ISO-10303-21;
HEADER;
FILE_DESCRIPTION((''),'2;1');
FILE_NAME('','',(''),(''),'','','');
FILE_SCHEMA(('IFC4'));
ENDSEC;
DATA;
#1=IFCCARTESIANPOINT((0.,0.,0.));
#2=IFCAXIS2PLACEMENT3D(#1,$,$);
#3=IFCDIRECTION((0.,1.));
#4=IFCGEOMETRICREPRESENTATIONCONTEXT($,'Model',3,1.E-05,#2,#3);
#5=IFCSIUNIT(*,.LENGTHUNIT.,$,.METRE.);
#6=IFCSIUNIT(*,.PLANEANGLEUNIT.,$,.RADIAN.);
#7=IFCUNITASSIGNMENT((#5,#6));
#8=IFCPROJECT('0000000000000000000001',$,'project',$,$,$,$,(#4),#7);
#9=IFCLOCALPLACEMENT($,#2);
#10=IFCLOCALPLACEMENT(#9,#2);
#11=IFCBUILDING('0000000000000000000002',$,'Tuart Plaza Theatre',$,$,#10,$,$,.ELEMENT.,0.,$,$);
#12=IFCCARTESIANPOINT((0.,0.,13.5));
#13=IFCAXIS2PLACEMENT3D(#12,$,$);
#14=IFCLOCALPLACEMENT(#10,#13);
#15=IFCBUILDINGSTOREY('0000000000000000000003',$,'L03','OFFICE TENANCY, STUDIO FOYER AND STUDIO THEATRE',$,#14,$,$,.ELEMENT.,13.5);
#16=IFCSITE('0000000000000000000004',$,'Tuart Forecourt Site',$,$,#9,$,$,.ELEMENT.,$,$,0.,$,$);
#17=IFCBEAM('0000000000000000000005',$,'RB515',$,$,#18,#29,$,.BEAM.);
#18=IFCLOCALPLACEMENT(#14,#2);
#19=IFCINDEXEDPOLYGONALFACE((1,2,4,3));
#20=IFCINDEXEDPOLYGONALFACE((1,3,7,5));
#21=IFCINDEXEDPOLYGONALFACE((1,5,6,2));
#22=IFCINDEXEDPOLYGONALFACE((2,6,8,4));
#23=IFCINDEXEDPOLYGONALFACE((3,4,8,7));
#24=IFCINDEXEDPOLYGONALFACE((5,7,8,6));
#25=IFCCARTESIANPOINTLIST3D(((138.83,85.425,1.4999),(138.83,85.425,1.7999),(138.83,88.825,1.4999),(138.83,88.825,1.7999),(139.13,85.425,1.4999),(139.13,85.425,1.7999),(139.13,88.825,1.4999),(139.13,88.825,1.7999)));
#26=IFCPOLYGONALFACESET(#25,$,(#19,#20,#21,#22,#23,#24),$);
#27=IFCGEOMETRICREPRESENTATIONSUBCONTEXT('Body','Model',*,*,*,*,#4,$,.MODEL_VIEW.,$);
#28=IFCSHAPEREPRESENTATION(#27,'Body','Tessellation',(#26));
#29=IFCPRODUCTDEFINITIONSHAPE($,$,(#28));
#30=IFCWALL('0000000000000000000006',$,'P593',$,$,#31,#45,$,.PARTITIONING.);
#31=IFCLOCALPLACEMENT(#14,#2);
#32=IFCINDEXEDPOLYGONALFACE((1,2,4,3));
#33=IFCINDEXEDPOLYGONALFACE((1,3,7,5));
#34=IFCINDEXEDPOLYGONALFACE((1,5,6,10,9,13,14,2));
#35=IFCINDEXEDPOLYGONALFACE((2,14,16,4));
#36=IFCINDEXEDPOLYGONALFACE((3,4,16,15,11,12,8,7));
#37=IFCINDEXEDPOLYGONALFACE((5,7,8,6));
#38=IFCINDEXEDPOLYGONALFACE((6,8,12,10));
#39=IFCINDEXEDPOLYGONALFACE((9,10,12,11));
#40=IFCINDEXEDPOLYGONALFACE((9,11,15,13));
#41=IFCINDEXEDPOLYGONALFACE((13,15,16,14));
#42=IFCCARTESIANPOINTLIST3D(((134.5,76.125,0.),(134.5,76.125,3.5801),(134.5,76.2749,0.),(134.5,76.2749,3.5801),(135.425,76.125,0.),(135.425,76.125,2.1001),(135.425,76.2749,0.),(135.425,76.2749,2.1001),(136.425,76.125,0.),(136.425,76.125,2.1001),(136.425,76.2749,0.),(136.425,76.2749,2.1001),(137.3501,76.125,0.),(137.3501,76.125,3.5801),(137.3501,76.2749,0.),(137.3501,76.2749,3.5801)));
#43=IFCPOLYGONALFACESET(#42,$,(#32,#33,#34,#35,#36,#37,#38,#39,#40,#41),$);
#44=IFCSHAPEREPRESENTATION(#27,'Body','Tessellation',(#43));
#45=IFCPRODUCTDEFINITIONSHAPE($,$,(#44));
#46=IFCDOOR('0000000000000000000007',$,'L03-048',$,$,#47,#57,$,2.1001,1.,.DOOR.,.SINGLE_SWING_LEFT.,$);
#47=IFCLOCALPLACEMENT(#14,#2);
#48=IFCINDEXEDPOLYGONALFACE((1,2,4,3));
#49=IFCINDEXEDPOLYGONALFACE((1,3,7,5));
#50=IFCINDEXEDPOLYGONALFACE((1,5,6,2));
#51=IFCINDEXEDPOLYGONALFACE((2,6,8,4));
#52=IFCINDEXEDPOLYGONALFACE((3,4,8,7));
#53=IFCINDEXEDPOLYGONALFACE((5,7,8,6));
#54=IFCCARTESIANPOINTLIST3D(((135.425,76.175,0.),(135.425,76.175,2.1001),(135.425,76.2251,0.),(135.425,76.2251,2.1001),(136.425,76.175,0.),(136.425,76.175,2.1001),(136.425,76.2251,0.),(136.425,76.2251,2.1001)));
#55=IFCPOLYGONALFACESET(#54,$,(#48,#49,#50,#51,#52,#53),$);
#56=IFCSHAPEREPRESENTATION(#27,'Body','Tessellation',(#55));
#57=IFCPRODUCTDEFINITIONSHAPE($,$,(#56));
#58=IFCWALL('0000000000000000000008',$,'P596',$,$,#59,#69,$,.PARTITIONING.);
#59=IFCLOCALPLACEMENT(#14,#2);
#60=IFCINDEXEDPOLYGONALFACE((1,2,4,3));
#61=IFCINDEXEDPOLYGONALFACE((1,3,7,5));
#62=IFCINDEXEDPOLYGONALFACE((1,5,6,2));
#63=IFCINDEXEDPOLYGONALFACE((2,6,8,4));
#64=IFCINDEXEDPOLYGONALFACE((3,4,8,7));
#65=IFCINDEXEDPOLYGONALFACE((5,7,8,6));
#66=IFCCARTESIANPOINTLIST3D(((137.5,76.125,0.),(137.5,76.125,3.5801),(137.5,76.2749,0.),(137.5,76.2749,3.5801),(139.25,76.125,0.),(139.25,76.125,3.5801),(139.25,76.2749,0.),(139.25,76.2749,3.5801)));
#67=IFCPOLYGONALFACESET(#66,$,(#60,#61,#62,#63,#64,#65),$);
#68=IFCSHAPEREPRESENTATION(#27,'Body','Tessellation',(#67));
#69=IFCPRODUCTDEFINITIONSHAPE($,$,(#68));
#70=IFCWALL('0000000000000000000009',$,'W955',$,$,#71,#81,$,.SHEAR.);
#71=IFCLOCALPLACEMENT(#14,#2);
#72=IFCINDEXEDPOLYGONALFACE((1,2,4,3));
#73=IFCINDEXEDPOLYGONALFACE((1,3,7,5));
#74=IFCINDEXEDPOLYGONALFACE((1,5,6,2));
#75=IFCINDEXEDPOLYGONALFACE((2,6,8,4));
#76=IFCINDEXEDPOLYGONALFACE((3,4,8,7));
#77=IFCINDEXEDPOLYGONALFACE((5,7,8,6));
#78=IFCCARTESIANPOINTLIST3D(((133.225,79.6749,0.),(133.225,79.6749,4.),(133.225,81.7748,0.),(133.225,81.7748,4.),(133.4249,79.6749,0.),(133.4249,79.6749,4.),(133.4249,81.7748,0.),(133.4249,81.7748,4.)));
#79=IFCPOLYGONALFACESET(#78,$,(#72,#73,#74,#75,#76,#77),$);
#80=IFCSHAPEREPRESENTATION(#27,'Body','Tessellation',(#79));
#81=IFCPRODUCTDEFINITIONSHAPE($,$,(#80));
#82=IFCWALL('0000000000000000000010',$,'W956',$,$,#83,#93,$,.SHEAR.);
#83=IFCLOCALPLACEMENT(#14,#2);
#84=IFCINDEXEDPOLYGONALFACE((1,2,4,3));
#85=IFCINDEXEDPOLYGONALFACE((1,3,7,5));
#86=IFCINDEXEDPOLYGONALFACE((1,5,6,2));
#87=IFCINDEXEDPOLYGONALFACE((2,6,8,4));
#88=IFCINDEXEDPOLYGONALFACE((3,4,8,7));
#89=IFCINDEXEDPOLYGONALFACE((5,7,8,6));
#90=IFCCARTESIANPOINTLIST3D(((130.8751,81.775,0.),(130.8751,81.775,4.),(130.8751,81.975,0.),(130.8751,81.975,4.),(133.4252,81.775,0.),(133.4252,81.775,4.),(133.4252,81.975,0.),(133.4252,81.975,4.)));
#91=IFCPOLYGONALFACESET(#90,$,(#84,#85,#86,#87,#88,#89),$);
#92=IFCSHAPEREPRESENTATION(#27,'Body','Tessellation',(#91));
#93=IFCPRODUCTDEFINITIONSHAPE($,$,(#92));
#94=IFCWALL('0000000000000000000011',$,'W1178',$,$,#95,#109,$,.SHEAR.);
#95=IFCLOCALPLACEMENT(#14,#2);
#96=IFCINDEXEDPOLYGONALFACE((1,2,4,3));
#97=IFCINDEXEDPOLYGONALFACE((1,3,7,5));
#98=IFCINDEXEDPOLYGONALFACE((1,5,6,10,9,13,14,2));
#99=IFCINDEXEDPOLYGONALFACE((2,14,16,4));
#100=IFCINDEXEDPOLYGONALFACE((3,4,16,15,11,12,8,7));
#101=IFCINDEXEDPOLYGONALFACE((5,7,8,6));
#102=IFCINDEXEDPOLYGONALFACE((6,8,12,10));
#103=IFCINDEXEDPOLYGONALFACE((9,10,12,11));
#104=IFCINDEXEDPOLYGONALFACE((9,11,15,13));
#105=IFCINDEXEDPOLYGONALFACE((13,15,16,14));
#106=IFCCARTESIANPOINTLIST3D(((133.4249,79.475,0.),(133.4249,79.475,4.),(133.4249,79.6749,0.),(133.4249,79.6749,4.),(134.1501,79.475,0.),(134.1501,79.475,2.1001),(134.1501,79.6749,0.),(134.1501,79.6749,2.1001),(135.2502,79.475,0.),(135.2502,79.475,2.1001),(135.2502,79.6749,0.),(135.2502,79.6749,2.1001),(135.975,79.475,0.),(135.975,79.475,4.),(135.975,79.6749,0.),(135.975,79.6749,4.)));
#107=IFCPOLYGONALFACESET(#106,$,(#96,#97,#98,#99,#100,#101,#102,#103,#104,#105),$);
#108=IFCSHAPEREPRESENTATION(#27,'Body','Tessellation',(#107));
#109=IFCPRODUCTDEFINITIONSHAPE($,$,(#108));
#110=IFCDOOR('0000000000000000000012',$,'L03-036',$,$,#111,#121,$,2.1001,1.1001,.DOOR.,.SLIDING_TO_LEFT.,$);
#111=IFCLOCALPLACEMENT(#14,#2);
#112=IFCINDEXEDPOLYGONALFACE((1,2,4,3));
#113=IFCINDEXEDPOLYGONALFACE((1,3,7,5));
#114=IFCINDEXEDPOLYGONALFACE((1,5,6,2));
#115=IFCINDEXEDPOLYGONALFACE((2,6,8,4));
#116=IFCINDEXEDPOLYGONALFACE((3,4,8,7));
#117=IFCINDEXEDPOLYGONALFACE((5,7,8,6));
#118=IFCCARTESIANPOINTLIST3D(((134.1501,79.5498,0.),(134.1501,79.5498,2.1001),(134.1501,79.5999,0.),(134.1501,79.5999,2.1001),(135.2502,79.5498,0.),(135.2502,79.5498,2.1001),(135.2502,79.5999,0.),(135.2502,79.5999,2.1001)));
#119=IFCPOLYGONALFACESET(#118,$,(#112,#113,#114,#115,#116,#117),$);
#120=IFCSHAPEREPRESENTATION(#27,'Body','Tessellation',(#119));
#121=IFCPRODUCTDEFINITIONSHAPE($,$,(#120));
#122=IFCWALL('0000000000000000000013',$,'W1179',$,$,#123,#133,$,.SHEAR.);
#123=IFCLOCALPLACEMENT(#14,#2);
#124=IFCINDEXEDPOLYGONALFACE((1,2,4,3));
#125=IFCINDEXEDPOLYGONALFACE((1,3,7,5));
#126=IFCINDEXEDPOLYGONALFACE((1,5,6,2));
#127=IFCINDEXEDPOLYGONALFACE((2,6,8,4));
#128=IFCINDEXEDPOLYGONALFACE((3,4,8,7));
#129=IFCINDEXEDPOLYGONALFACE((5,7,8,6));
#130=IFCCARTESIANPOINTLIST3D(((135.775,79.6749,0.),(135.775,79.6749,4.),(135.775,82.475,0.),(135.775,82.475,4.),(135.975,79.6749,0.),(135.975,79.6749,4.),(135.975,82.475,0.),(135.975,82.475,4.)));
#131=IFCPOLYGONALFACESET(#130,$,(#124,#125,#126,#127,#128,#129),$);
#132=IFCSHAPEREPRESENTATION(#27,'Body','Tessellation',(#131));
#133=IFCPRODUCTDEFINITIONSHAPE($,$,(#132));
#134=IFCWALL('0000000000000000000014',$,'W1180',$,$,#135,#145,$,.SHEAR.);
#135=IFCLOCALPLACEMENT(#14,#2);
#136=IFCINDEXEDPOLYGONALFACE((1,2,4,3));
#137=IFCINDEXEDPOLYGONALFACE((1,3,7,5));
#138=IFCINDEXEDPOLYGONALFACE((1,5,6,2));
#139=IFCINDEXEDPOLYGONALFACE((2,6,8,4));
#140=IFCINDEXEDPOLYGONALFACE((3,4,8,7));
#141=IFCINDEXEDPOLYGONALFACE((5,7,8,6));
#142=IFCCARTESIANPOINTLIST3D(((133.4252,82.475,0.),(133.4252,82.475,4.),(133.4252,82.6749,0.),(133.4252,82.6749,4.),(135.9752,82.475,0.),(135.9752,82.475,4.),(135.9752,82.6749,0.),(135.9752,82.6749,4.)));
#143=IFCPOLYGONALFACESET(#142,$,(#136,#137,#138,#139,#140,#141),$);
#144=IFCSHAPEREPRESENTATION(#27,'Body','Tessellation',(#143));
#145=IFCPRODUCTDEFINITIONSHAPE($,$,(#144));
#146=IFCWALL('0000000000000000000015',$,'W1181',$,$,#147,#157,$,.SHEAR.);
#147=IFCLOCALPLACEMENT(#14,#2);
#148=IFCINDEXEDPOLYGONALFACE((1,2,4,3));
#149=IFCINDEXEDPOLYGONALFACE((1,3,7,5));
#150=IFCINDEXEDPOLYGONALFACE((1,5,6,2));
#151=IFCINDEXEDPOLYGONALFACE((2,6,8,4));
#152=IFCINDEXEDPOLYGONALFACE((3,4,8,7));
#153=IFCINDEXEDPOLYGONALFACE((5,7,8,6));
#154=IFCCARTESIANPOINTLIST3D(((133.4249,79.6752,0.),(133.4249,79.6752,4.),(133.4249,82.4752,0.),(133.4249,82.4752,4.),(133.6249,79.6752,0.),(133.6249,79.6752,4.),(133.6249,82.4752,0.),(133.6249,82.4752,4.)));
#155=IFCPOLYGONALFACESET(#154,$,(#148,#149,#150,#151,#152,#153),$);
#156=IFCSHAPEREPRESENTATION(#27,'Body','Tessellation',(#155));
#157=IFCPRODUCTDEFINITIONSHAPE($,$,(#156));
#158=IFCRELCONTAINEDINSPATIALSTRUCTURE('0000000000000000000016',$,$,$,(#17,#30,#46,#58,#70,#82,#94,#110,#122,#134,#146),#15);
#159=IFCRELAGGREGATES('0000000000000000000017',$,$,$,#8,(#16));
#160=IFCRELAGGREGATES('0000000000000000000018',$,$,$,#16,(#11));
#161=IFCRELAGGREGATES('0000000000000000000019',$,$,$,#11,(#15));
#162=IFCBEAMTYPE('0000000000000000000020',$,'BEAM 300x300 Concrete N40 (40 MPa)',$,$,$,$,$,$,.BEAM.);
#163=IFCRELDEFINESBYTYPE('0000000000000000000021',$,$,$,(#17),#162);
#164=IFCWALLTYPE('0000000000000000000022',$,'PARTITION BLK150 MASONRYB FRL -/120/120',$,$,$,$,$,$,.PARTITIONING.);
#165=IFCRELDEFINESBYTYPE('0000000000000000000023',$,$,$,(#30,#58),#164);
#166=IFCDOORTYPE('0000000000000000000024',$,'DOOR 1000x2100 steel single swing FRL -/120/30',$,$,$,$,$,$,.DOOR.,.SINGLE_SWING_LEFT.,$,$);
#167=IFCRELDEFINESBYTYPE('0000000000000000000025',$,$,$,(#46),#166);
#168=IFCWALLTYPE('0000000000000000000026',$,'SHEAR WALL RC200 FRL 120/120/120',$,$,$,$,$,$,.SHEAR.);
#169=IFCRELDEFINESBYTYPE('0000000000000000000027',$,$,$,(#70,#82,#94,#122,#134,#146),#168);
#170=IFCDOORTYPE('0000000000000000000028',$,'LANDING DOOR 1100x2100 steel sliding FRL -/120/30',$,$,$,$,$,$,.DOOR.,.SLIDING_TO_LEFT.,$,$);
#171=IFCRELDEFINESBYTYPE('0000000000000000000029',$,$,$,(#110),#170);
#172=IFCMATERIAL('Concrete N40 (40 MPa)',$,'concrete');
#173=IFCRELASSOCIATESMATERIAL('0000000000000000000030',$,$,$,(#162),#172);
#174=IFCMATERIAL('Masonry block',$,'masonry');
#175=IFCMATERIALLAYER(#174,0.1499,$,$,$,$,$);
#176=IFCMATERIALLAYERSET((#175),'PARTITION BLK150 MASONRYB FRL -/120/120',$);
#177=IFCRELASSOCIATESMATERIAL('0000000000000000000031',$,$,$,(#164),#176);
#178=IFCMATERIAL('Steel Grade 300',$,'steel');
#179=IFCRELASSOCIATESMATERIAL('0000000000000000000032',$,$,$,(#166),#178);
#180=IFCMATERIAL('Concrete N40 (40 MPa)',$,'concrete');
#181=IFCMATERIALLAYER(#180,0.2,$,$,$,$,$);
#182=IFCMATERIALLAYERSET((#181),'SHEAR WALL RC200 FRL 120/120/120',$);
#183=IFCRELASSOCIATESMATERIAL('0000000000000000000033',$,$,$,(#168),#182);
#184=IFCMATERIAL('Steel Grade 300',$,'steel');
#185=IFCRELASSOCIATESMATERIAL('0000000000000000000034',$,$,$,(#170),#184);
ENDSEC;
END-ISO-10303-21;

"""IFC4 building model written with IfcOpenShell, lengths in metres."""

from ifc_helpers import new_model, si_unit, direction, frame, frame_2d, origin, origin_2d, place, context, subcontext, project, spatial, rectangle, extrude, material, layer, layer_set, material_profile, profile_set, type_object, element, fill, save


model = new_model("IFC4")

# Units and contexts
model_context = context("Model", 3, precision=1e-05, world=origin(), true_north=direction((0.0, 1.0)))
body_context = subcontext(model_context, "Body", "Model", "MODEL_VIEW")
ifc_project = project(units=[si_unit("LENGTHUNIT", "METRE"), si_unit("PLANEANGLEUNIT", "RADIAN")], contexts=[model_context])

# Site, building, storey
site_placement = place(None, origin())
site = spatial("IfcSite", under=ifc_project, at=site_placement, Name="Tuart Forecourt Site", CompositionType="ELEMENT", RefElevation=0.0)
building_placement = place(site_placement, origin())
building = spatial("IfcBuilding", under=site, at=building_placement, Name="Tuart Plaza Theatre", CompositionType="ELEMENT", ElevationOfRefHeight=0.0)
storey_placement = place(building_placement, frame((0.0, 0.0, 13.5)))
storey = spatial("IfcBuildingStorey", under=building, at=storey_placement, Name="L03", Description="OFFICE TENANCY, STUDIO FOYER AND STUDIO THEATRE", CompositionType="ELEMENT", Elevation=13.5)

# Beam
ifc_material_1 = material(Name="Concrete N40 (40 MPa)", Category="concrete")
ifc_material_profile = material_profile(ifc_material_1, rectangle(XDim=0.3, YDim=0.3, at=origin_2d()), Name="BEAM 300x300 Concrete N40 (40 MPa)")
ifc_profile_set = profile_set([ifc_material_profile], Name="Concrete N40 (40 MPa)")
beam_type = type_object("IfcBeamType", Name="BEAM 300x300 Concrete N40 (40 MPa)", PredefinedType="BEAM", material=ifc_profile_set)
beam_placement = place(storey_placement, frame((138.98, 85.425, 1.6499), z_axis=(0.0, 1.0, 0.0), x_axis=(-1.0, 0.0, 0.0)))
element("IfcBeam", 1, at=beam_placement, inside=storey, type_object=beam_type, Name="RB515", PredefinedType="BEAM", context=body_context, shape_type="SweptSolid", body=[
    extrude(rectangle(XDim=0.3, YDim=0.3, at=origin_2d()), origin(), (0.0, 0.0, 1.0), 3.3999),
])

# Wall, opening, door
ifc_material_2 = material(Name="Masonry block", Category="masonry")
ifc_layer_1 = layer(ifc_material_2, 0.1499)
ifc_layer_set_1 = layer_set([ifc_layer_1], Name="PARTITION BLK150 MASONRYB FRL -/120/120")
wall_type_1 = type_object("IfcWallType", Name="PARTITION BLK150 MASONRYB FRL -/120/120", PredefinedType="PARTITIONING", material=ifc_layer_set_1)
wall_1_placement = place(storey_placement, frame((134.5, 76.2, 0.0), z_axis=(0.0, 0.0, 1.0), x_axis=(1.0, 0.0, 0.0)))
wall_1 = element("IfcWall", 2, at=wall_1_placement, inside=storey, type_object=wall_type_1, Name="P593", PredefinedType="PARTITIONING", context=body_context, shape_type="SweptSolid", body=[
    extrude(rectangle(XDim=2.8501, YDim=0.1499, at=frame_2d((1.425, 0.0))), origin(), (0.0, 0.0, 1.0), 3.5801),
])
opening_1_placement = place(wall_1_placement, frame((0.925, 0.0, 0.0)))
opening_1 = element("IfcOpeningElement", 3, at=opening_1_placement, cuts=wall_1, PredefinedType="OPENING", context=body_context, shape_type="SweptSolid", body=[
    extrude(rectangle(XDim=1.0, YDim=2.1001, at=frame_2d((0.5, 1.05))), frame((0.0, 0.085, 0.0), z_axis=(0.0, -1.0, 0.0), x_axis=(1.0, 0.0, 0.0)), (0.0, 0.0, 1.0), 0.1699),
])
ifc_material_3 = material(Name="Steel Grade 300", Category="steel")
door_type_1 = type_object("IfcDoorType", Name="DOOR 1000x2100 steel single swing FRL -/120/30", OperationType="SINGLE_SWING_LEFT", PredefinedType="DOOR", material=ifc_material_3)
door_1_placement = place(opening_1_placement, frame((1.0, 0.0, 0.0), z_axis=(0.0, 0.0, 1.0), x_axis=(-1.0, 0.0, 0.0)))
door_1 = element("IfcDoor", 4, at=door_1_placement, inside=storey, type_object=door_type_1, Name="L03-048", OperationType="SINGLE_SWING_LEFT", OverallHeight=2.1001, OverallWidth=1.0, PredefinedType="DOOR", context=body_context, shape_type="SweptSolid", body=[
    extrude(rectangle(XDim=1.0, YDim=2.1001, at=frame_2d((0.5, 1.05))), frame((0.0, 0.0249, 0.0), z_axis=(0.0, -1.0, 0.0), x_axis=(1.0, 0.0, 0.0)), (0.0, 0.0, 1.0), 0.05),
])
fill(opening_1, door_1)

# Walls
wall_2_placement = place(storey_placement, frame((137.5, 76.2, 0.0), z_axis=(0.0, 0.0, 1.0), x_axis=(1.0, 0.0, 0.0)))
element("IfcWall", 5, at=wall_2_placement, inside=storey, type_object=wall_type_1, Name="P596", PredefinedType="PARTITIONING", context=body_context, shape_type="SweptSolid", body=[
    extrude(rectangle(XDim=1.75, YDim=0.1499, at=frame_2d((0.875, 0.0))), origin(), (0.0, 0.0, 1.0), 3.5801),
])
ifc_material_4 = material(Name="Concrete N40 (40 MPa)", Category="concrete")
ifc_layer_2 = layer(ifc_material_4, 0.2)
ifc_layer_set_2 = layer_set([ifc_layer_2], Name="SHEAR WALL RC200 FRL 120/120/120")
wall_type_2 = type_object("IfcWallType", Name="SHEAR WALL RC200 FRL 120/120/120", PredefinedType="SHEAR", material=ifc_layer_set_2)
wall_3_placement = place(storey_placement, frame((133.325, 79.675, 0.0), z_axis=(0.0, 0.0, 1.0), x_axis=(0.0, 1.0, 0.0)))
element("IfcWall", 6, at=wall_3_placement, inside=storey, type_object=wall_type_2, Name="W955", PredefinedType="SHEAR", context=body_context, shape_type="SweptSolid", body=[
    extrude(rectangle(XDim=2.0999, YDim=0.2, at=frame_2d((1.0498, 0.0))), origin(), (0.0, 0.0, 1.0), 4.0),
])
wall_4_placement = place(storey_placement, frame((133.425, 81.875, 0.0), z_axis=(0.0, 0.0, 1.0), x_axis=(-1.0, 0.0, 0.0)))
element("IfcWall", 7, at=wall_4_placement, inside=storey, type_object=wall_type_2, Name="W956", PredefinedType="SHEAR", context=body_context, shape_type="SweptSolid", body=[
    extrude(rectangle(XDim=2.55, YDim=0.2, at=frame_2d((1.2749, 0.0))), origin(), (0.0, 0.0, 1.0), 4.0),
])

# Wall, opening, door
wall_5_placement = place(storey_placement, frame((133.425, 79.575, 0.0), z_axis=(0.0, 0.0, 1.0), x_axis=(1.0, 0.0, 0.0)))
wall_5 = element("IfcWall", 8, at=wall_5_placement, inside=storey, type_object=wall_type_2, Name="W1178", PredefinedType="SHEAR", context=body_context, shape_type="SweptSolid", body=[
    extrude(rectangle(XDim=2.55, YDim=0.2, at=frame_2d((1.2749, 0.0))), origin(), (0.0, 0.0, 1.0), 4.0),
])
opening_2_placement = place(wall_5_placement, frame((0.7251, 0.0, 0.0)))
opening_2 = element("IfcOpeningElement", 9, at=opening_2_placement, cuts=wall_5, PredefinedType="OPENING", context=body_context, shape_type="SweptSolid", body=[
    extrude(rectangle(XDim=1.1001, YDim=2.1001, at=frame_2d((0.55, 1.05))), frame((0.0, 0.1099, 0.0), z_axis=(0.0, -1.0, 0.0), x_axis=(1.0, 0.0, 0.0)), (0.0, 0.0, 1.0), 0.22),
])
ifc_material_5 = material(Name="Steel Grade 300", Category="steel")
door_type_2 = type_object("IfcDoorType", Name="LANDING DOOR 1100x2100 steel sliding FRL -/120/30", OperationType="SLIDING_TO_LEFT", PredefinedType="DOOR", material=ifc_material_5)
door_2_placement = place(opening_2_placement, origin())
door_2 = element("IfcDoor", 10, at=door_2_placement, inside=storey, type_object=door_type_2, Name="L03-036", OperationType="SLIDING_TO_LEFT", OverallHeight=2.1001, OverallWidth=1.1001, PredefinedType="DOOR", context=body_context, shape_type="SweptSolid", body=[
    extrude(rectangle(XDim=1.1001, YDim=2.1001, at=frame_2d((0.55, 1.05))), frame((0.0, 0.0249, 0.0), z_axis=(0.0, -1.0, 0.0), x_axis=(1.0, 0.0, 0.0)), (0.0, 0.0, 1.0), 0.05),
])
fill(opening_2, door_2)

# Walls
wall_6_placement = place(storey_placement, frame((135.875, 79.675, 0.0), z_axis=(0.0, 0.0, 1.0), x_axis=(0.0, 1.0, 0.0)))
element("IfcWall", 11, at=wall_6_placement, inside=storey, type_object=wall_type_2, Name="W1179", PredefinedType="SHEAR", context=body_context, shape_type="SweptSolid", body=[
    extrude(rectangle(XDim=2.8, YDim=0.2, at=frame_2d((1.3999, 0.0))), origin(), (0.0, 0.0, 1.0), 4.0),
])
wall_7_placement = place(storey_placement, frame((135.9751, 82.575, 0.0), z_axis=(0.0, 0.0, 1.0), x_axis=(-1.0, 0.0, 0.0)))
element("IfcWall", 12, at=wall_7_placement, inside=storey, type_object=wall_type_2, Name="W1180", PredefinedType="SHEAR", context=body_context, shape_type="SweptSolid", body=[
    extrude(rectangle(XDim=2.55, YDim=0.2, at=frame_2d((1.2749, 0.0))), origin(), (0.0, 0.0, 1.0), 4.0),
])
wall_8_placement = place(storey_placement, frame((133.5249, 82.4751, 0.0), z_axis=(0.0, 0.0, 1.0), x_axis=(0.0, -1.0, 0.0)))
element("IfcWall", 13, at=wall_8_placement, inside=storey, type_object=wall_type_2, Name="W1181", PredefinedType="SHEAR", context=body_context, shape_type="SweptSolid", body=[
    extrude(rectangle(XDim=2.8, YDim=0.2, at=frame_2d((1.3999, 0.0))), origin(), (0.0, 0.0, 1.0), 4.0),
])

save(model, "model.ifc")
